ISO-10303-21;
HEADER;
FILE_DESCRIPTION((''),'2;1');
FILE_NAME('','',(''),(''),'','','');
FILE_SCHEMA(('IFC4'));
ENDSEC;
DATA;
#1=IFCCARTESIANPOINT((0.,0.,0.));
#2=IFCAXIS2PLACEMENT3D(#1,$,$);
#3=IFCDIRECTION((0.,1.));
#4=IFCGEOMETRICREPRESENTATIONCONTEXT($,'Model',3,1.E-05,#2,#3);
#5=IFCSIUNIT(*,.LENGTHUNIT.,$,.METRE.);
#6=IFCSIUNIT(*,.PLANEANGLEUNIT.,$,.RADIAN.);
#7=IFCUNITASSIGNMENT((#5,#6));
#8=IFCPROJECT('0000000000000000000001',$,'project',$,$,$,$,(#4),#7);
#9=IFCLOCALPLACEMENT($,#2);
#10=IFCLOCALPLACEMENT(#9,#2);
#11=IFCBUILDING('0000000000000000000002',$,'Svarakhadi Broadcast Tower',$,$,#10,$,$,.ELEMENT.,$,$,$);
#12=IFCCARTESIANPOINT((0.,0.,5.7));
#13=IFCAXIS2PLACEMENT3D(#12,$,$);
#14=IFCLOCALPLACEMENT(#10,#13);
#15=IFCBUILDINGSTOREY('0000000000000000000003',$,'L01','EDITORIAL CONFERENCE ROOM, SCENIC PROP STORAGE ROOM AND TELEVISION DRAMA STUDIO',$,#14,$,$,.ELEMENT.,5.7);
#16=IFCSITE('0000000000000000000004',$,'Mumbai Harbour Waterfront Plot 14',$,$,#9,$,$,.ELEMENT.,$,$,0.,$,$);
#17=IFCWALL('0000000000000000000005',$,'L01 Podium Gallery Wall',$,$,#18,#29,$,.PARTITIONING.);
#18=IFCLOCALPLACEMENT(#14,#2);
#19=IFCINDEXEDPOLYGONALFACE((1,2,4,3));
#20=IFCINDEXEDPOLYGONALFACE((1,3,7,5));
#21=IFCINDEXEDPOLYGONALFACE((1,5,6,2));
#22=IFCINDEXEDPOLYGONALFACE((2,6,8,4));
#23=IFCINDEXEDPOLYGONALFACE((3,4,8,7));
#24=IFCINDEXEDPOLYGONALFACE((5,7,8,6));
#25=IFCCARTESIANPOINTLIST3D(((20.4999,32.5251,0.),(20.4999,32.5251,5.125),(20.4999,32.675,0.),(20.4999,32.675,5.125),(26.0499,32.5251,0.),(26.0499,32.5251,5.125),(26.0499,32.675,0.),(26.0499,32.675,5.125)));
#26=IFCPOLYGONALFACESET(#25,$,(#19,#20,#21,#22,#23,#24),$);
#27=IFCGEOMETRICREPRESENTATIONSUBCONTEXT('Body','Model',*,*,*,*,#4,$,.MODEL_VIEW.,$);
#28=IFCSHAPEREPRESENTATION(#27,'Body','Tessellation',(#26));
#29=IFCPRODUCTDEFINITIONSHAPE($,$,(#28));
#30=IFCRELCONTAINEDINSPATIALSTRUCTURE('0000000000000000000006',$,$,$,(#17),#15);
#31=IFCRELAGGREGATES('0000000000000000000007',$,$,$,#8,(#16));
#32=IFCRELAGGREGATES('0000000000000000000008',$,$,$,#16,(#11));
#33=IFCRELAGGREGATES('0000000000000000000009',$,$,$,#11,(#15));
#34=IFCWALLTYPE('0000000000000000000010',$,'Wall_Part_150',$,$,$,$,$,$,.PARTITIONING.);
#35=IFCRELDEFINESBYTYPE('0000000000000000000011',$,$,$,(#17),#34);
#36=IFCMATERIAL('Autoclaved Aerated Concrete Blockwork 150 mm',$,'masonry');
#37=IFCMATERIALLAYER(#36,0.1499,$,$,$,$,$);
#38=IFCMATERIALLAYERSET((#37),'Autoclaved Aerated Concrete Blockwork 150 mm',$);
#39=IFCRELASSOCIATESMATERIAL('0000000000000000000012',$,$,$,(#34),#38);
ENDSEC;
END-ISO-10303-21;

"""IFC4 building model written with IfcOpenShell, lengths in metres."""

from ifc_helpers import new_model, si_unit, direction, frame, frame_2d, origin, place, context, subcontext, project, spatial, rectangle, extrude, material, layer, layer_set, type_object, element, save


model = new_model("IFC4")

# Units and contexts
model_context = context("Model", 3, precision=1e-05, world=origin(), true_north=direction((0.0, 1.0)))
body_context = subcontext(model_context, "Body", "Model", "MODEL_VIEW")
ifc_project = project(units=[si_unit("LENGTHUNIT", "METRE"), si_unit("PLANEANGLEUNIT", "RADIAN")], contexts=[model_context])

# Site, building, storey
site_placement = place(None, origin())
site = spatial("IfcSite", under=ifc_project, at=site_placement, Name="Mumbai Harbour Waterfront Plot 14", CompositionType="ELEMENT", RefElevation=0.0)
building_placement = place(site_placement, origin())
building = spatial("IfcBuilding", under=site, at=building_placement, Name="Svarakhadi Broadcast Tower", CompositionType="ELEMENT")
storey_placement = place(building_placement, frame((0.0, 0.0, 5.7)))
storey = spatial("IfcBuildingStorey", under=building, at=storey_placement, Name="L01", Description="EDITORIAL CONFERENCE ROOM, SCENIC PROP STORAGE ROOM AND TELEVISION DRAMA STUDIO", CompositionType="ELEMENT", Elevation=5.7)

# Wall
ifc_material_1 = material(Name="Autoclaved Aerated Concrete Blockwork 150 mm", Category="masonry")
ifc_layer_1 = layer(ifc_material_1, 0.1499)
ifc_layer_set_1 = layer_set([ifc_layer_1], Name="Autoclaved Aerated Concrete Blockwork 150 mm")
wall_type_1 = type_object("IfcWallType", Name="Wall_Part_150", PredefinedType="PARTITIONING", material=ifc_layer_set_1)
wall_1_placement = place(storey_placement, frame((20.5, 32.6001, 0.0), z_axis=(0.0, 0.0, 1.0), x_axis=(1.0, 0.0, 0.0)))
element("IfcWall", 1, at=wall_1_placement, inside=storey, type_object=wall_type_1, Name="L01 Podium Gallery Wall", PredefinedType="PARTITIONING", context=body_context, shape_type="SweptSolid", body=[
    extrude(rectangle(XDim=5.55, YDim=0.1499, at=frame_2d((2.7749, 0.0))), origin(), (0.0, 0.0, 1.0), 5.125),
])

save(model, "model.ifc")
